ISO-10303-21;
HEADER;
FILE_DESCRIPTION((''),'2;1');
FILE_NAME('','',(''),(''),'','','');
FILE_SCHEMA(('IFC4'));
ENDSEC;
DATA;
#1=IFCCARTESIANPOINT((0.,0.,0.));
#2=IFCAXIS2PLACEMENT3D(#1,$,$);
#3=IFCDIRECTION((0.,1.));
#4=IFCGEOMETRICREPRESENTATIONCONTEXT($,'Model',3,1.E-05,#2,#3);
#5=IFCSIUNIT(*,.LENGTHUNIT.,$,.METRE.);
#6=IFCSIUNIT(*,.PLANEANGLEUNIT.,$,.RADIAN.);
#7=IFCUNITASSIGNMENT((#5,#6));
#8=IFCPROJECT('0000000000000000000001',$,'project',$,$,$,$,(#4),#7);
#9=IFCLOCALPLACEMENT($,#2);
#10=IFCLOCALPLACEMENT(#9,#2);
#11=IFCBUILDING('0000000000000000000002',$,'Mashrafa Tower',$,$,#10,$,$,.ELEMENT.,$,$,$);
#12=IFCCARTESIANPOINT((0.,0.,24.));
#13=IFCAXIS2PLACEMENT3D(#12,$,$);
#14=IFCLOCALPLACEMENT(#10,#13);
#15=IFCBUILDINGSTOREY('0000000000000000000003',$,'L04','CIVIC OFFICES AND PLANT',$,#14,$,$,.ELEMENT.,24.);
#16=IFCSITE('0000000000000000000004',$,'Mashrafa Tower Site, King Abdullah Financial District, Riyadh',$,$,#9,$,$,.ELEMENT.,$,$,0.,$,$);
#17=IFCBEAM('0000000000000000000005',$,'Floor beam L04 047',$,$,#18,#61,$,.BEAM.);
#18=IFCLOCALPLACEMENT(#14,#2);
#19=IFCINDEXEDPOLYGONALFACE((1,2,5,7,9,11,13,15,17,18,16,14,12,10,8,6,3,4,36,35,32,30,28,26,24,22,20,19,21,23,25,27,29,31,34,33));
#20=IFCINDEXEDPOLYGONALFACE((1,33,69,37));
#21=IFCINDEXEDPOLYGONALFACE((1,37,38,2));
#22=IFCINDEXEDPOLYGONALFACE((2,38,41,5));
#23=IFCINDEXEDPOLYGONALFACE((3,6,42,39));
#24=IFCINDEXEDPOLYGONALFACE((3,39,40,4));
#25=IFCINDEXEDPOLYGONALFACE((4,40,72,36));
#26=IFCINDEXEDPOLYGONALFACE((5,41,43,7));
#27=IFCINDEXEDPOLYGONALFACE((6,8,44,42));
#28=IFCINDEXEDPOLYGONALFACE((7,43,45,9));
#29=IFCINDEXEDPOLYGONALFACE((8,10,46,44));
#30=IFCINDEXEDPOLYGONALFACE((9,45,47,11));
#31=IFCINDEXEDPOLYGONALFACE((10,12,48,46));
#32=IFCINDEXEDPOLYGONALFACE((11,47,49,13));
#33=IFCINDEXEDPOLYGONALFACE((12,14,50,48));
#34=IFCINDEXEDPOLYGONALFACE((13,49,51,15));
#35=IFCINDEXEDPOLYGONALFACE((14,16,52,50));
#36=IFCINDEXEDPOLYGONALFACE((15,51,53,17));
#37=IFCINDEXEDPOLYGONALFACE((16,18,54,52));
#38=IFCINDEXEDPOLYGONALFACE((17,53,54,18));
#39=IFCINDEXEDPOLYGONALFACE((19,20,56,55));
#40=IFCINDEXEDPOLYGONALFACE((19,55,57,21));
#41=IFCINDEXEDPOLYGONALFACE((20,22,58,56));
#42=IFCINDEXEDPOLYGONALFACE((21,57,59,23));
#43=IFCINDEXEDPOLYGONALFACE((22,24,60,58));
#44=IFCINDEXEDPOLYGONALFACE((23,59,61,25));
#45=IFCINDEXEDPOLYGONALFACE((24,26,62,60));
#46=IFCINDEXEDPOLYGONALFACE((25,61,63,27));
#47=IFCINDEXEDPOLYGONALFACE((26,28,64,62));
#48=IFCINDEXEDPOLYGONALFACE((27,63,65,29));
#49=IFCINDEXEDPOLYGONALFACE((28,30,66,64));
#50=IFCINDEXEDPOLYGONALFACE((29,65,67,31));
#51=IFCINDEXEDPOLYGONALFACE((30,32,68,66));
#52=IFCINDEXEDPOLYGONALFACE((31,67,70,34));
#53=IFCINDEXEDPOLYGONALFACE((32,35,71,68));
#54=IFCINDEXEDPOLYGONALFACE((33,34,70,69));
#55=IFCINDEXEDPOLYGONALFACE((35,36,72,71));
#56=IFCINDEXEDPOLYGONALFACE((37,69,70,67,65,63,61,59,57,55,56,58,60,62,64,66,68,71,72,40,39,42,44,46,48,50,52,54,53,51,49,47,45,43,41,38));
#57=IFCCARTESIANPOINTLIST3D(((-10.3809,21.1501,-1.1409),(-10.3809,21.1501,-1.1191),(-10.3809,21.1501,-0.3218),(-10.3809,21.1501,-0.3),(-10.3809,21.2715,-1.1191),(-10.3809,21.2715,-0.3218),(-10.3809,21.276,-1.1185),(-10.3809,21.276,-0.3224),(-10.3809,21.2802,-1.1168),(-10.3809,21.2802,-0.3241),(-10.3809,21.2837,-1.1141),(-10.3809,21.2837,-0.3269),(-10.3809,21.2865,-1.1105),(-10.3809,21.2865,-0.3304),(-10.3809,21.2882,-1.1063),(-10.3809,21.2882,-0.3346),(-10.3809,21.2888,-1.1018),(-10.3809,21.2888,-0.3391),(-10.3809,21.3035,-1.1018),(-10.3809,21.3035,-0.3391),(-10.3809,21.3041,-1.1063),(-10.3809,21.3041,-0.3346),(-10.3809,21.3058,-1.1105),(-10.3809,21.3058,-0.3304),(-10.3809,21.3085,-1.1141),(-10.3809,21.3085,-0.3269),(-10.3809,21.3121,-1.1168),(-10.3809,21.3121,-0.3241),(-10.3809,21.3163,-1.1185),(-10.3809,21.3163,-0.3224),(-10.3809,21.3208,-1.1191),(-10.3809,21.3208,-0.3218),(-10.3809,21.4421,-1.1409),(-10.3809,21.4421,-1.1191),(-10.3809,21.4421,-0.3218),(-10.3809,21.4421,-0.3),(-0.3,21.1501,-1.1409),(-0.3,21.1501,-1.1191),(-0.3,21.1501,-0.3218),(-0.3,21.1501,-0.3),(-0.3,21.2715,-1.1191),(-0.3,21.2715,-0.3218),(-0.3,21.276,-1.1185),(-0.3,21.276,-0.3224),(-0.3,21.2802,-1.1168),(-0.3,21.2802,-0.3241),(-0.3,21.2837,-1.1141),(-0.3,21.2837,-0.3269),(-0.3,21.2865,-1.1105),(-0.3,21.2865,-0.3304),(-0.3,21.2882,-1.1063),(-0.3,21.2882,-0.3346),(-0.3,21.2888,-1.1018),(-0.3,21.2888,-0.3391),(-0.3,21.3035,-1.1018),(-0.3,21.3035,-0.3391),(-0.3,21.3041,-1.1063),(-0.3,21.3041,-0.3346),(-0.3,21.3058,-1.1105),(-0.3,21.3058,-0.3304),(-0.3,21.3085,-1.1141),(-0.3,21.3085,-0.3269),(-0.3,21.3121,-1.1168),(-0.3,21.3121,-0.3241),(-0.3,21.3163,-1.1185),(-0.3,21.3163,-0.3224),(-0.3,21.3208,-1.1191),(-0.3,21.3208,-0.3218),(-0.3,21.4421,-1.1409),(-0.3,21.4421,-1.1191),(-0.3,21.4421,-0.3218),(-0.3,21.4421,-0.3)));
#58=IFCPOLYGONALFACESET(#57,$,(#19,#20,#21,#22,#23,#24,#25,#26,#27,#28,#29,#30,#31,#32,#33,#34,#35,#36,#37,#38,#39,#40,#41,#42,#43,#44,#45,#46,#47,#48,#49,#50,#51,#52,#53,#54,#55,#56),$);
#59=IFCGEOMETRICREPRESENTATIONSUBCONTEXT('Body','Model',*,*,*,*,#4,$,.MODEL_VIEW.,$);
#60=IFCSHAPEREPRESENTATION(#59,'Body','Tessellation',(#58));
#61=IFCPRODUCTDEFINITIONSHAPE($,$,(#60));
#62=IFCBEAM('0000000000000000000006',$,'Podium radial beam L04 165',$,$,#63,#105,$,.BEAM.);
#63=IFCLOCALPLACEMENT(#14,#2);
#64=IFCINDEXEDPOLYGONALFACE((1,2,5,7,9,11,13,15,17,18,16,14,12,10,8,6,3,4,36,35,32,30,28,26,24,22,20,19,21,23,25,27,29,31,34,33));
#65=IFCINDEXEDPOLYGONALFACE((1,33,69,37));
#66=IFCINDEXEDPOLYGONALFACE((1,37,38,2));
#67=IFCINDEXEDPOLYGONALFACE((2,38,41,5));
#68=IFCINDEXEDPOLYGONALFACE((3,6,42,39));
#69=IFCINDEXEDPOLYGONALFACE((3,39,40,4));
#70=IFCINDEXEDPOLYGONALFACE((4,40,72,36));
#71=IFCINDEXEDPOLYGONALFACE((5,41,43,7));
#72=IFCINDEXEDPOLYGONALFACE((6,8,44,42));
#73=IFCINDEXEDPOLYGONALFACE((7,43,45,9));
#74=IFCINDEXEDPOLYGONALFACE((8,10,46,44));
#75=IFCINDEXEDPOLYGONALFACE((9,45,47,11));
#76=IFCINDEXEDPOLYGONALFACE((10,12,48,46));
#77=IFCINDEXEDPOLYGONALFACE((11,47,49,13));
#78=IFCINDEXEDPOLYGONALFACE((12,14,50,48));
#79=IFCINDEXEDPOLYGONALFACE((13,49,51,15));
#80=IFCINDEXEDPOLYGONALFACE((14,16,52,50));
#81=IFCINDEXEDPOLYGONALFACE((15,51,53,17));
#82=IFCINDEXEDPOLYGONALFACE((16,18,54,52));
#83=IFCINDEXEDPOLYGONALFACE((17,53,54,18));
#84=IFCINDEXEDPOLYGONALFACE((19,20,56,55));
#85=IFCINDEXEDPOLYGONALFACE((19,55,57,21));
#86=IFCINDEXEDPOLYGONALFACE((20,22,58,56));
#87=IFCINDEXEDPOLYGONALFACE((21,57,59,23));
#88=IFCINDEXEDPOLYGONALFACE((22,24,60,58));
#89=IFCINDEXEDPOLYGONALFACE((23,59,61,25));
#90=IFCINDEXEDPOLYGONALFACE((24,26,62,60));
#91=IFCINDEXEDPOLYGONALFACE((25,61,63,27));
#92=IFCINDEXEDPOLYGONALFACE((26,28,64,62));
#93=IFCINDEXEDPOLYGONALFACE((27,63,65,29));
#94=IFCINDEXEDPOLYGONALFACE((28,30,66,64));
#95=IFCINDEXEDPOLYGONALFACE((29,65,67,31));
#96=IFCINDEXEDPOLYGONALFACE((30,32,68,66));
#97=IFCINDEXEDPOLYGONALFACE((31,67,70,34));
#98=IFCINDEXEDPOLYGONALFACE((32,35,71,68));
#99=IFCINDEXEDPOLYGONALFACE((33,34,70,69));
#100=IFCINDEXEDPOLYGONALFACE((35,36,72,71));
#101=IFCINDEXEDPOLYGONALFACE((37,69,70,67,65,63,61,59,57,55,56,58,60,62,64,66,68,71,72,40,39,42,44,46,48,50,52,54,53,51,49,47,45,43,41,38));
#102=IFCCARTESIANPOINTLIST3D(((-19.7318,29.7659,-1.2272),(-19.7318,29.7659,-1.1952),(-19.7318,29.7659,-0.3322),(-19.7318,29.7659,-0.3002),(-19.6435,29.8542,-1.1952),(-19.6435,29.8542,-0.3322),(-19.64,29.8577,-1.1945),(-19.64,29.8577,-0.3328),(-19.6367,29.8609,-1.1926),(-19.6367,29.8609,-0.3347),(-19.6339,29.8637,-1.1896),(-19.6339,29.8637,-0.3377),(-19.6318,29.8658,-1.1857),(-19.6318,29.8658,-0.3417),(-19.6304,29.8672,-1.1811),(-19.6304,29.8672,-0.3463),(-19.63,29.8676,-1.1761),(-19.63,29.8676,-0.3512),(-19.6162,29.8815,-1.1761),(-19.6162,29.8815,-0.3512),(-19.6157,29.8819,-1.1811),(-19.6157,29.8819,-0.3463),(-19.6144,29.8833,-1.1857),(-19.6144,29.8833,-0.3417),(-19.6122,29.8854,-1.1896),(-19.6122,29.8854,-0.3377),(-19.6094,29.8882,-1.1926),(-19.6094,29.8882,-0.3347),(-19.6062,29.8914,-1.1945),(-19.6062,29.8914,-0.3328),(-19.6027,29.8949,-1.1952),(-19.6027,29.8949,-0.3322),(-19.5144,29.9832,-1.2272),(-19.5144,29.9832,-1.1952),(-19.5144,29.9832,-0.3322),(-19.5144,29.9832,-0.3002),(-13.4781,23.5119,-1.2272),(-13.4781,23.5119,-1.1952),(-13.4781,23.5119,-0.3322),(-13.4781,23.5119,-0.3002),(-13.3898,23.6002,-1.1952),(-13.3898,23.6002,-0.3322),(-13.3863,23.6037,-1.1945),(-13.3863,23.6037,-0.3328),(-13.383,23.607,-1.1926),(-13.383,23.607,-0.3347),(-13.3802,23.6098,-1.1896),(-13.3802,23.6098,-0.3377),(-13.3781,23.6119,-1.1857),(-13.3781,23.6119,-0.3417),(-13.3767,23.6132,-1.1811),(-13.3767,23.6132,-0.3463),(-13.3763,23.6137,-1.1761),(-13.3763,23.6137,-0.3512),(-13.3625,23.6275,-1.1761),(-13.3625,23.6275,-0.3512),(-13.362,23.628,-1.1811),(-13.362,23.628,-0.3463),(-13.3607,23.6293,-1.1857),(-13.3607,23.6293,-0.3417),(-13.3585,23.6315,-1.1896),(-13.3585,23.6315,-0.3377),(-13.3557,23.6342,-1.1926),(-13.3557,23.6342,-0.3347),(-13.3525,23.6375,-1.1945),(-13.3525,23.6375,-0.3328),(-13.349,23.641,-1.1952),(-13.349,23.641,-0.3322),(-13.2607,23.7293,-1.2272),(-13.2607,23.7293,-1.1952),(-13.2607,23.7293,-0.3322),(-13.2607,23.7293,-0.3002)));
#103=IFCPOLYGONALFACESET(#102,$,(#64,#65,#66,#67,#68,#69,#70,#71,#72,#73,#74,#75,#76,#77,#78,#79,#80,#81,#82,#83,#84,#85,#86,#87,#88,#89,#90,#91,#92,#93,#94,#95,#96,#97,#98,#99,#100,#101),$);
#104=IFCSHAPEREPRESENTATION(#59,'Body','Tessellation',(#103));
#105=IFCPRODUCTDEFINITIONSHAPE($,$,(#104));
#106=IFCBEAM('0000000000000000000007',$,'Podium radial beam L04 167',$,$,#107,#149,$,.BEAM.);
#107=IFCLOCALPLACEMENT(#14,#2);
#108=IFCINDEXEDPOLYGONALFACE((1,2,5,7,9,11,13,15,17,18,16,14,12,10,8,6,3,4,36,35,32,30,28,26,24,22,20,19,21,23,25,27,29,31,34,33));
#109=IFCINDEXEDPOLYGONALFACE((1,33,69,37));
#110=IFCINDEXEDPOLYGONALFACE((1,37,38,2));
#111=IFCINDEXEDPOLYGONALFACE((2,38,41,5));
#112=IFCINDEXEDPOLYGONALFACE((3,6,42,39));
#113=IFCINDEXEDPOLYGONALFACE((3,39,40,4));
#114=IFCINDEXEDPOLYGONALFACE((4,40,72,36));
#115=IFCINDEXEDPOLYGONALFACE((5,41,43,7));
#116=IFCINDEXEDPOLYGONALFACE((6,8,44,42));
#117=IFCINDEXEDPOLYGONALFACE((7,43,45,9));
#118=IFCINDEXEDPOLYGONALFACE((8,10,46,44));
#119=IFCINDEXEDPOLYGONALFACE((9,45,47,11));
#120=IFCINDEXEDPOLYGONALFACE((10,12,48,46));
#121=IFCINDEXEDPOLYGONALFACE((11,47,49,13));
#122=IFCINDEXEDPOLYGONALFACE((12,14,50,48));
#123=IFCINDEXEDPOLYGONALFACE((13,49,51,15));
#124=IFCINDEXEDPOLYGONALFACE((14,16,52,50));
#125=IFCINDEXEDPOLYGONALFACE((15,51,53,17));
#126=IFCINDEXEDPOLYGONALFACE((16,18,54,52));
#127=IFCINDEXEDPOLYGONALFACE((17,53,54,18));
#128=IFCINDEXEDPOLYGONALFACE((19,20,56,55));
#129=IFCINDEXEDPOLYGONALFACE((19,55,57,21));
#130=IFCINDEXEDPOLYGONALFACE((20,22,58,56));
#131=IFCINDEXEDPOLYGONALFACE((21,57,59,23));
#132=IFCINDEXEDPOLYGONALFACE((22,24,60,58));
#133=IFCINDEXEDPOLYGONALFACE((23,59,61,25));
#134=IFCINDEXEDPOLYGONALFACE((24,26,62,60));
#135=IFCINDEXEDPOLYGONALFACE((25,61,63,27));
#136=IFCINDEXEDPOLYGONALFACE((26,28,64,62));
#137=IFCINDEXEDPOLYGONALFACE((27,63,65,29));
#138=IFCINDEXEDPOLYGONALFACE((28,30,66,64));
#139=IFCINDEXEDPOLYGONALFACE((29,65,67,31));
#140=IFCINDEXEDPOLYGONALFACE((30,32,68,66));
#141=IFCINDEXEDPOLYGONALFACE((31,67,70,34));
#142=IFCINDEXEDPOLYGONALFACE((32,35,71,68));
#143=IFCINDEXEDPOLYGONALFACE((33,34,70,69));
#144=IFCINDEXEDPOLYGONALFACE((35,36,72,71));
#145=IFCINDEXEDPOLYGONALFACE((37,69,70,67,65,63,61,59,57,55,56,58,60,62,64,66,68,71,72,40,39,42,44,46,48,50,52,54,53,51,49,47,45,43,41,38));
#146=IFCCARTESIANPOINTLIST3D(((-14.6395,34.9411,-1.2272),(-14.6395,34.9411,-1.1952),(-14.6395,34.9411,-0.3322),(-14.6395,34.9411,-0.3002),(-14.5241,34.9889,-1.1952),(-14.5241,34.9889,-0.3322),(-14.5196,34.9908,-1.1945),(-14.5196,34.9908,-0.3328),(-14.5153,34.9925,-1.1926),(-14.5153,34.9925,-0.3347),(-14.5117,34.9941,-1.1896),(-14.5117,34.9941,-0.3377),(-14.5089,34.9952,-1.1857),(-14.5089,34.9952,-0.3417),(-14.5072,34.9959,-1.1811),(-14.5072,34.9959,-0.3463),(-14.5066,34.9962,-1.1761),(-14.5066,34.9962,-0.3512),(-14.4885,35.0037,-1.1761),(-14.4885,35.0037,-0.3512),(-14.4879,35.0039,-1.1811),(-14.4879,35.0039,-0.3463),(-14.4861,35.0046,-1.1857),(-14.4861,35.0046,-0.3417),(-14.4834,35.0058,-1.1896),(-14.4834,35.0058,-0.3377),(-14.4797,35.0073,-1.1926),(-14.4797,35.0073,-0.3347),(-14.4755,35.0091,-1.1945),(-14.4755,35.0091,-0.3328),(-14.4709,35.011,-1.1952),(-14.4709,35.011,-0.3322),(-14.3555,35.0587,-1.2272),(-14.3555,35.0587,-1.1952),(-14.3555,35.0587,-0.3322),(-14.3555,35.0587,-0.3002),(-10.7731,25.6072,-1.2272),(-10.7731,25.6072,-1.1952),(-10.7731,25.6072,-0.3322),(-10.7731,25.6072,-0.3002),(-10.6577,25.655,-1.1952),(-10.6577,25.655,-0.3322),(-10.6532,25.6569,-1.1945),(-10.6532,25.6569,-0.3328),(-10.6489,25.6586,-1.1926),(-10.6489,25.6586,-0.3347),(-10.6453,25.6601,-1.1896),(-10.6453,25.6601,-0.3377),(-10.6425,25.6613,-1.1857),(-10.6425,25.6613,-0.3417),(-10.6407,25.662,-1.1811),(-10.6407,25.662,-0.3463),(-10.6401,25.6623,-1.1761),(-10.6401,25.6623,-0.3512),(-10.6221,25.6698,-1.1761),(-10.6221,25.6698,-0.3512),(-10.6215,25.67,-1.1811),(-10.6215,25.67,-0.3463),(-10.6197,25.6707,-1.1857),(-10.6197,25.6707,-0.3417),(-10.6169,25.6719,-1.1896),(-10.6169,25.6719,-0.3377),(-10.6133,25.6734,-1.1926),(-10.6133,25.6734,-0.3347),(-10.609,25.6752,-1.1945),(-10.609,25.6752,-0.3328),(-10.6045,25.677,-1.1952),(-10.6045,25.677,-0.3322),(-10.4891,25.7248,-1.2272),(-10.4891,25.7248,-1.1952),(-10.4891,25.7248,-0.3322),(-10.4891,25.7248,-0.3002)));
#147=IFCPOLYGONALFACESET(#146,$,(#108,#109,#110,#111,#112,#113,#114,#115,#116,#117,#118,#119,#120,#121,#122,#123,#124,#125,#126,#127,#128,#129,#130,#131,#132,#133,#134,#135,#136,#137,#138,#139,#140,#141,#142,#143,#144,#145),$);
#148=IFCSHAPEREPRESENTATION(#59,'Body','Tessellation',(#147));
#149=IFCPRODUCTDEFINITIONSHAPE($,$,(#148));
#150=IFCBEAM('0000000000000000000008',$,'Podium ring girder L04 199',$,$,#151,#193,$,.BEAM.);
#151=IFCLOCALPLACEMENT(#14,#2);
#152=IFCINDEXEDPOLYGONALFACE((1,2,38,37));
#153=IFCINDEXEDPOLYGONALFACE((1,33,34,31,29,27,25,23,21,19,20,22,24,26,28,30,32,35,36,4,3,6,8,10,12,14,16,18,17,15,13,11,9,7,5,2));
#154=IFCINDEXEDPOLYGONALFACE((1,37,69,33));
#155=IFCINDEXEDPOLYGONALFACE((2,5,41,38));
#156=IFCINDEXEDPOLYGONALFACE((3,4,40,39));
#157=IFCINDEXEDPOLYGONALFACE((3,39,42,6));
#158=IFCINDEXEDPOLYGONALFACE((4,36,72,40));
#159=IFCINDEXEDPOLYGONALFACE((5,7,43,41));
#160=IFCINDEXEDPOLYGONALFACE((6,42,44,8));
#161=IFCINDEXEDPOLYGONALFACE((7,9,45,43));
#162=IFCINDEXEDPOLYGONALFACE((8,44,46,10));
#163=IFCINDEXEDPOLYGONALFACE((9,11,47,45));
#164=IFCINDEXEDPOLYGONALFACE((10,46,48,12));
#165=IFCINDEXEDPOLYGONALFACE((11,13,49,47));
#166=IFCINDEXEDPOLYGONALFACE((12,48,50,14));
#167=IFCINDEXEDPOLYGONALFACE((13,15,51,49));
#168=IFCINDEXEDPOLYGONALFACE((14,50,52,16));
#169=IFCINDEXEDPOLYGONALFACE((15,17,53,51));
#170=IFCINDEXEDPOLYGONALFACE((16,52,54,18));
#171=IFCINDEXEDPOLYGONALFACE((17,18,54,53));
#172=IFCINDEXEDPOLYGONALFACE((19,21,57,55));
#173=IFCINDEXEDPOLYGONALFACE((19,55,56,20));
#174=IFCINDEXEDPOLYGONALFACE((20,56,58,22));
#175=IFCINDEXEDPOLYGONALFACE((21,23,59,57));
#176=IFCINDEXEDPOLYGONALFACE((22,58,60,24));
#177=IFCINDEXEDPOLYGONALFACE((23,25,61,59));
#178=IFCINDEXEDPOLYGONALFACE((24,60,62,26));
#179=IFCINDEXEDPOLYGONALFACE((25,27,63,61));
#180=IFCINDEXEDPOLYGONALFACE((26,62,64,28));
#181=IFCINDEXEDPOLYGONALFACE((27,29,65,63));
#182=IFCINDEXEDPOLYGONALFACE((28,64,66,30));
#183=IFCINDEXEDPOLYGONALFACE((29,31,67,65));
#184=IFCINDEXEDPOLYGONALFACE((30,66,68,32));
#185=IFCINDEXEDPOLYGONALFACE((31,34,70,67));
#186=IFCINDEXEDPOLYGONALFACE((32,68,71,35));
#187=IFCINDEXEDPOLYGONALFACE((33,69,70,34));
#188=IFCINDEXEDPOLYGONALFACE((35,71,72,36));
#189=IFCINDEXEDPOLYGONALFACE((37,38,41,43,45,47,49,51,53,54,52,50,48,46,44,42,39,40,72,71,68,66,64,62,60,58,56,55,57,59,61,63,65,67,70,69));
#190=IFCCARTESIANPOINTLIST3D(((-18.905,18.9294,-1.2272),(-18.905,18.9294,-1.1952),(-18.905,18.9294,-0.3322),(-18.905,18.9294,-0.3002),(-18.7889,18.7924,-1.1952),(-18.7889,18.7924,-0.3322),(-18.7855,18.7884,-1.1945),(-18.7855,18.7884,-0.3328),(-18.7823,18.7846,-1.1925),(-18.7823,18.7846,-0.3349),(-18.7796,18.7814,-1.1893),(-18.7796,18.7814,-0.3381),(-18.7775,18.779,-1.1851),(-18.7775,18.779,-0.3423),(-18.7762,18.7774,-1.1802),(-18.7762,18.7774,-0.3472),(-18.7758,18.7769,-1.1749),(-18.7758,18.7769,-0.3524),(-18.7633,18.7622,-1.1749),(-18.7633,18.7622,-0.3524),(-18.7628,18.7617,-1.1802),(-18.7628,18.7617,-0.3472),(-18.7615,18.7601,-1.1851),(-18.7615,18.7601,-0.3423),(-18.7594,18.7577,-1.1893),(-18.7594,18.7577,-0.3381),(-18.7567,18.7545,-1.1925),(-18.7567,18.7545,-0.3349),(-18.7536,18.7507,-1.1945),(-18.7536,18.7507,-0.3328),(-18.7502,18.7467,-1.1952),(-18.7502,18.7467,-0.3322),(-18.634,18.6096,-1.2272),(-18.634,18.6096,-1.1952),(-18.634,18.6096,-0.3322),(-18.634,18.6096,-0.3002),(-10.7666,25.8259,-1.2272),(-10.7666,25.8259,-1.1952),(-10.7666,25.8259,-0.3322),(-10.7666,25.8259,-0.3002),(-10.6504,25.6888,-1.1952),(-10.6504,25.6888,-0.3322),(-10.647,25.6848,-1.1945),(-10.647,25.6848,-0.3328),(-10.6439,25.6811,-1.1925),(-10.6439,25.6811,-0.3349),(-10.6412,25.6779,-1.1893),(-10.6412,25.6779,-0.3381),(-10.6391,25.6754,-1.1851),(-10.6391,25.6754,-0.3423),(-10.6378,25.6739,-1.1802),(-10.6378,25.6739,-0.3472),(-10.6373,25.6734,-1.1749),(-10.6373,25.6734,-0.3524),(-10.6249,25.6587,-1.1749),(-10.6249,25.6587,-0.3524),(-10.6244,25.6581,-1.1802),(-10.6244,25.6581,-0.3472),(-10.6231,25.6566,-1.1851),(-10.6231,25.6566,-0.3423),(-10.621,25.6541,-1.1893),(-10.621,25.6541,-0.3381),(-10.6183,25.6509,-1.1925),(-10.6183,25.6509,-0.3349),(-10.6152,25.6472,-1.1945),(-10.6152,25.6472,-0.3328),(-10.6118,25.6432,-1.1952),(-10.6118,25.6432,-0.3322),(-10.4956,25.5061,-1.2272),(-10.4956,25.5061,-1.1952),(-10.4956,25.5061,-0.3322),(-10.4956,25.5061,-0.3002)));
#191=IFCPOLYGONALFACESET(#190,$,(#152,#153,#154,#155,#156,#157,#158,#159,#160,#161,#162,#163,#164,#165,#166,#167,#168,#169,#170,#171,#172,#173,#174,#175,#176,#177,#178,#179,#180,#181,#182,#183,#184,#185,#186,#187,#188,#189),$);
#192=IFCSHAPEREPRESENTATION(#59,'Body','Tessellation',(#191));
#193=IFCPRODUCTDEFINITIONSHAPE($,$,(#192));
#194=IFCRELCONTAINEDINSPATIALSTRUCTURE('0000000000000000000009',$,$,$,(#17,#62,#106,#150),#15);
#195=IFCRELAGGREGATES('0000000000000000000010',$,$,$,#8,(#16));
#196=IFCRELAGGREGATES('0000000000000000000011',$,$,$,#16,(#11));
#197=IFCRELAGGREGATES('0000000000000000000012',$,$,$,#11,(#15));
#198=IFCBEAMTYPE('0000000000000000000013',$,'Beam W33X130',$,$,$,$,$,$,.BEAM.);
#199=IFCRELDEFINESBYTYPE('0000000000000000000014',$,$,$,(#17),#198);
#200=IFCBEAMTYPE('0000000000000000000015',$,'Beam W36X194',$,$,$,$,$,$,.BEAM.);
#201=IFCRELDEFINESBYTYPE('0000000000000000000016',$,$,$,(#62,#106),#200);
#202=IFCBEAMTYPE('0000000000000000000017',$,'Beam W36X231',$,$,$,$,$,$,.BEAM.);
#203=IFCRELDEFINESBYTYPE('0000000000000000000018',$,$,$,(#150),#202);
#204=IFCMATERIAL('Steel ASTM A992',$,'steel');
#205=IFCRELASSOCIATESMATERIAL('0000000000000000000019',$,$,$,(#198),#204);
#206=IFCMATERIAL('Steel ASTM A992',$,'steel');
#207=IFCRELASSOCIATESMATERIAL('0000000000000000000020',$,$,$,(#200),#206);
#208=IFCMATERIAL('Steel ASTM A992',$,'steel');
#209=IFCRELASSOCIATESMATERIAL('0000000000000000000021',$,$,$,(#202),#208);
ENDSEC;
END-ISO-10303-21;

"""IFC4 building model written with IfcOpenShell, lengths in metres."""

from ifc_helpers import new_model, si_unit, direction, frame, origin, origin_2d, place, context, subcontext, project, spatial, i_section, extrude, material, material_profile, profile_set, type_object, element, save


model = new_model("IFC4")

# Units and contexts
model_context = context("Model", 3, precision=1e-05, world=origin(), true_north=direction((0.0, 1.0)))
body_context = subcontext(model_context, "Body", "Model", "MODEL_VIEW")
ifc_project = project(units=[si_unit("LENGTHUNIT", "METRE"), si_unit("PLANEANGLEUNIT", "RADIAN")], contexts=[model_context])

# Site, building, storey
site_placement = place(None, origin())
site = spatial("IfcSite", under=ifc_project, at=site_placement, Name="Mashrafa Tower Site, King Abdullah Financial District, Riyadh", CompositionType="ELEMENT", RefElevation=0.0)
building_placement = place(site_placement, origin())
building = spatial("IfcBuilding", under=site, at=building_placement, Name="Mashrafa Tower", CompositionType="ELEMENT")
storey_placement = place(building_placement, frame((0.0, 0.0, 24.0)))
storey = spatial("IfcBuildingStorey", under=building, at=storey_placement, Name="L04", Description="CIVIC OFFICES AND PLANT", CompositionType="ELEMENT", Elevation=24.0)

# Beams
ifc_material_1 = material(Name="Steel ASTM A992", Category="steel")
ifc_material_profile_1 = material_profile(ifc_material_1, i_section(OverallWidth=0.292, OverallDepth=0.8408, WebThickness=0.0146, FlangeThickness=0.0217, FilletRadius=0.0173, at=origin_2d()), Name="W33X130")
ifc_profile_set_1 = profile_set([ifc_material_profile_1], Name="Steel ASTM A992")
beam_type_1 = type_object("IfcBeamType", Name="Beam W33X130", PredefinedType="BEAM", material=ifc_profile_set_1)
beam_1_placement = place(storey_placement, frame((-10.3809, 21.2961, -0.7205), z_axis=(1.0, 0.0, 0.0), x_axis=(0.0, 1.0, 0.0)))
element("IfcBeam", 1, at=beam_1_placement, inside=storey, type_object=beam_type_1, Name="Floor beam L04 047", PredefinedType="BEAM", context=body_context, shape_type="SweptSolid", body=[
    extrude(i_section(OverallWidth=0.292, OverallDepth=0.8408, WebThickness=0.0146, FlangeThickness=0.0217, FilletRadius=0.0173, at=origin_2d()), origin(), (0.0, 0.0, 1.0), 10.0808),
])
ifc_material_2 = material(Name="Steel ASTM A992", Category="steel")
ifc_material_profile_2 = material_profile(ifc_material_2, i_section(OverallWidth=0.3074, OverallDepth=0.927, WebThickness=0.0195, FlangeThickness=0.032, FilletRadius=0.019, at=origin_2d()), Name="W36X194")
ifc_profile_set_2 = profile_set([ifc_material_profile_2], Name="Steel ASTM A992")
beam_type_2 = type_object("IfcBeamType", Name="Beam W36X194", PredefinedType="BEAM", material=ifc_profile_set_2)
beam_2_placement = place(storey_placement, frame((-13.3694, 23.6206, -0.7637), z_axis=(-0.707093, 0.707121, 0.0), x_axis=(-0.707121, -0.707093, 0.0)))
element("IfcBeam", 2, at=beam_2_placement, inside=storey, type_object=beam_type_2, Name="Podium radial beam L04 165", PredefinedType="BEAM", context=body_context, shape_type="SweptSolid", body=[
    extrude(i_section(OverallWidth=0.3074, OverallDepth=0.927, WebThickness=0.0195, FlangeThickness=0.032, FilletRadius=0.019, at=origin_2d()), origin(), (0.0, 0.0, 1.0), 8.8442),
])
beam_3_placement = place(storey_placement, frame((-10.6311, 25.666, -0.7637), z_axis=(-0.3827, 0.923873, 0.0), x_axis=(-0.923873, -0.3827, 0.0)))
element("IfcBeam", 3, at=beam_3_placement, inside=storey, type_object=beam_type_2, Name="Podium radial beam L04 167", PredefinedType="BEAM", context=body_context, shape_type="SweptSolid", body=[
    extrude(i_section(OverallWidth=0.3074, OverallDepth=0.927, WebThickness=0.0195, FlangeThickness=0.032, FilletRadius=0.019, at=origin_2d()), origin(), (0.0, 0.0, 1.0), 10.103),
])
ifc_material_3 = material(Name="Steel ASTM A992", Category="steel")
ifc_material_profile_3 = material_profile(ifc_material_3, i_section(OverallWidth=0.4192, OverallDepth=0.927, WebThickness=0.0193, FlangeThickness=0.032, FilletRadius=0.0203, at=origin_2d()), Name="W36X231")
ifc_profile_set_3 = profile_set([ifc_material_profile_3], Name="Steel ASTM A992")
beam_type_3 = type_object("IfcBeamType", Name="Beam W36X231", PredefinedType="BEAM", material=ifc_profile_set_3)
beam_4_placement = place(storey_placement, frame((-10.6311, 25.666, -0.7637), z_axis=(-0.762918, -0.646495, 0.0), x_axis=(0.646495, -0.762918, 0.0)))
element("IfcBeam", 4, at=beam_4_placement, inside=storey, type_object=beam_type_3, Name="Podium ring girder L04 199", PredefinedType="BEAM", context=body_context, shape_type="SweptSolid", body=[
    extrude(i_section(OverallWidth=0.4192, OverallDepth=0.927, WebThickness=0.0193, FlangeThickness=0.032, FilletRadius=0.0203, at=origin_2d()), origin(), (0.0, 0.0, 1.0), 10.6675),
])

save(model, "model.ifc")
